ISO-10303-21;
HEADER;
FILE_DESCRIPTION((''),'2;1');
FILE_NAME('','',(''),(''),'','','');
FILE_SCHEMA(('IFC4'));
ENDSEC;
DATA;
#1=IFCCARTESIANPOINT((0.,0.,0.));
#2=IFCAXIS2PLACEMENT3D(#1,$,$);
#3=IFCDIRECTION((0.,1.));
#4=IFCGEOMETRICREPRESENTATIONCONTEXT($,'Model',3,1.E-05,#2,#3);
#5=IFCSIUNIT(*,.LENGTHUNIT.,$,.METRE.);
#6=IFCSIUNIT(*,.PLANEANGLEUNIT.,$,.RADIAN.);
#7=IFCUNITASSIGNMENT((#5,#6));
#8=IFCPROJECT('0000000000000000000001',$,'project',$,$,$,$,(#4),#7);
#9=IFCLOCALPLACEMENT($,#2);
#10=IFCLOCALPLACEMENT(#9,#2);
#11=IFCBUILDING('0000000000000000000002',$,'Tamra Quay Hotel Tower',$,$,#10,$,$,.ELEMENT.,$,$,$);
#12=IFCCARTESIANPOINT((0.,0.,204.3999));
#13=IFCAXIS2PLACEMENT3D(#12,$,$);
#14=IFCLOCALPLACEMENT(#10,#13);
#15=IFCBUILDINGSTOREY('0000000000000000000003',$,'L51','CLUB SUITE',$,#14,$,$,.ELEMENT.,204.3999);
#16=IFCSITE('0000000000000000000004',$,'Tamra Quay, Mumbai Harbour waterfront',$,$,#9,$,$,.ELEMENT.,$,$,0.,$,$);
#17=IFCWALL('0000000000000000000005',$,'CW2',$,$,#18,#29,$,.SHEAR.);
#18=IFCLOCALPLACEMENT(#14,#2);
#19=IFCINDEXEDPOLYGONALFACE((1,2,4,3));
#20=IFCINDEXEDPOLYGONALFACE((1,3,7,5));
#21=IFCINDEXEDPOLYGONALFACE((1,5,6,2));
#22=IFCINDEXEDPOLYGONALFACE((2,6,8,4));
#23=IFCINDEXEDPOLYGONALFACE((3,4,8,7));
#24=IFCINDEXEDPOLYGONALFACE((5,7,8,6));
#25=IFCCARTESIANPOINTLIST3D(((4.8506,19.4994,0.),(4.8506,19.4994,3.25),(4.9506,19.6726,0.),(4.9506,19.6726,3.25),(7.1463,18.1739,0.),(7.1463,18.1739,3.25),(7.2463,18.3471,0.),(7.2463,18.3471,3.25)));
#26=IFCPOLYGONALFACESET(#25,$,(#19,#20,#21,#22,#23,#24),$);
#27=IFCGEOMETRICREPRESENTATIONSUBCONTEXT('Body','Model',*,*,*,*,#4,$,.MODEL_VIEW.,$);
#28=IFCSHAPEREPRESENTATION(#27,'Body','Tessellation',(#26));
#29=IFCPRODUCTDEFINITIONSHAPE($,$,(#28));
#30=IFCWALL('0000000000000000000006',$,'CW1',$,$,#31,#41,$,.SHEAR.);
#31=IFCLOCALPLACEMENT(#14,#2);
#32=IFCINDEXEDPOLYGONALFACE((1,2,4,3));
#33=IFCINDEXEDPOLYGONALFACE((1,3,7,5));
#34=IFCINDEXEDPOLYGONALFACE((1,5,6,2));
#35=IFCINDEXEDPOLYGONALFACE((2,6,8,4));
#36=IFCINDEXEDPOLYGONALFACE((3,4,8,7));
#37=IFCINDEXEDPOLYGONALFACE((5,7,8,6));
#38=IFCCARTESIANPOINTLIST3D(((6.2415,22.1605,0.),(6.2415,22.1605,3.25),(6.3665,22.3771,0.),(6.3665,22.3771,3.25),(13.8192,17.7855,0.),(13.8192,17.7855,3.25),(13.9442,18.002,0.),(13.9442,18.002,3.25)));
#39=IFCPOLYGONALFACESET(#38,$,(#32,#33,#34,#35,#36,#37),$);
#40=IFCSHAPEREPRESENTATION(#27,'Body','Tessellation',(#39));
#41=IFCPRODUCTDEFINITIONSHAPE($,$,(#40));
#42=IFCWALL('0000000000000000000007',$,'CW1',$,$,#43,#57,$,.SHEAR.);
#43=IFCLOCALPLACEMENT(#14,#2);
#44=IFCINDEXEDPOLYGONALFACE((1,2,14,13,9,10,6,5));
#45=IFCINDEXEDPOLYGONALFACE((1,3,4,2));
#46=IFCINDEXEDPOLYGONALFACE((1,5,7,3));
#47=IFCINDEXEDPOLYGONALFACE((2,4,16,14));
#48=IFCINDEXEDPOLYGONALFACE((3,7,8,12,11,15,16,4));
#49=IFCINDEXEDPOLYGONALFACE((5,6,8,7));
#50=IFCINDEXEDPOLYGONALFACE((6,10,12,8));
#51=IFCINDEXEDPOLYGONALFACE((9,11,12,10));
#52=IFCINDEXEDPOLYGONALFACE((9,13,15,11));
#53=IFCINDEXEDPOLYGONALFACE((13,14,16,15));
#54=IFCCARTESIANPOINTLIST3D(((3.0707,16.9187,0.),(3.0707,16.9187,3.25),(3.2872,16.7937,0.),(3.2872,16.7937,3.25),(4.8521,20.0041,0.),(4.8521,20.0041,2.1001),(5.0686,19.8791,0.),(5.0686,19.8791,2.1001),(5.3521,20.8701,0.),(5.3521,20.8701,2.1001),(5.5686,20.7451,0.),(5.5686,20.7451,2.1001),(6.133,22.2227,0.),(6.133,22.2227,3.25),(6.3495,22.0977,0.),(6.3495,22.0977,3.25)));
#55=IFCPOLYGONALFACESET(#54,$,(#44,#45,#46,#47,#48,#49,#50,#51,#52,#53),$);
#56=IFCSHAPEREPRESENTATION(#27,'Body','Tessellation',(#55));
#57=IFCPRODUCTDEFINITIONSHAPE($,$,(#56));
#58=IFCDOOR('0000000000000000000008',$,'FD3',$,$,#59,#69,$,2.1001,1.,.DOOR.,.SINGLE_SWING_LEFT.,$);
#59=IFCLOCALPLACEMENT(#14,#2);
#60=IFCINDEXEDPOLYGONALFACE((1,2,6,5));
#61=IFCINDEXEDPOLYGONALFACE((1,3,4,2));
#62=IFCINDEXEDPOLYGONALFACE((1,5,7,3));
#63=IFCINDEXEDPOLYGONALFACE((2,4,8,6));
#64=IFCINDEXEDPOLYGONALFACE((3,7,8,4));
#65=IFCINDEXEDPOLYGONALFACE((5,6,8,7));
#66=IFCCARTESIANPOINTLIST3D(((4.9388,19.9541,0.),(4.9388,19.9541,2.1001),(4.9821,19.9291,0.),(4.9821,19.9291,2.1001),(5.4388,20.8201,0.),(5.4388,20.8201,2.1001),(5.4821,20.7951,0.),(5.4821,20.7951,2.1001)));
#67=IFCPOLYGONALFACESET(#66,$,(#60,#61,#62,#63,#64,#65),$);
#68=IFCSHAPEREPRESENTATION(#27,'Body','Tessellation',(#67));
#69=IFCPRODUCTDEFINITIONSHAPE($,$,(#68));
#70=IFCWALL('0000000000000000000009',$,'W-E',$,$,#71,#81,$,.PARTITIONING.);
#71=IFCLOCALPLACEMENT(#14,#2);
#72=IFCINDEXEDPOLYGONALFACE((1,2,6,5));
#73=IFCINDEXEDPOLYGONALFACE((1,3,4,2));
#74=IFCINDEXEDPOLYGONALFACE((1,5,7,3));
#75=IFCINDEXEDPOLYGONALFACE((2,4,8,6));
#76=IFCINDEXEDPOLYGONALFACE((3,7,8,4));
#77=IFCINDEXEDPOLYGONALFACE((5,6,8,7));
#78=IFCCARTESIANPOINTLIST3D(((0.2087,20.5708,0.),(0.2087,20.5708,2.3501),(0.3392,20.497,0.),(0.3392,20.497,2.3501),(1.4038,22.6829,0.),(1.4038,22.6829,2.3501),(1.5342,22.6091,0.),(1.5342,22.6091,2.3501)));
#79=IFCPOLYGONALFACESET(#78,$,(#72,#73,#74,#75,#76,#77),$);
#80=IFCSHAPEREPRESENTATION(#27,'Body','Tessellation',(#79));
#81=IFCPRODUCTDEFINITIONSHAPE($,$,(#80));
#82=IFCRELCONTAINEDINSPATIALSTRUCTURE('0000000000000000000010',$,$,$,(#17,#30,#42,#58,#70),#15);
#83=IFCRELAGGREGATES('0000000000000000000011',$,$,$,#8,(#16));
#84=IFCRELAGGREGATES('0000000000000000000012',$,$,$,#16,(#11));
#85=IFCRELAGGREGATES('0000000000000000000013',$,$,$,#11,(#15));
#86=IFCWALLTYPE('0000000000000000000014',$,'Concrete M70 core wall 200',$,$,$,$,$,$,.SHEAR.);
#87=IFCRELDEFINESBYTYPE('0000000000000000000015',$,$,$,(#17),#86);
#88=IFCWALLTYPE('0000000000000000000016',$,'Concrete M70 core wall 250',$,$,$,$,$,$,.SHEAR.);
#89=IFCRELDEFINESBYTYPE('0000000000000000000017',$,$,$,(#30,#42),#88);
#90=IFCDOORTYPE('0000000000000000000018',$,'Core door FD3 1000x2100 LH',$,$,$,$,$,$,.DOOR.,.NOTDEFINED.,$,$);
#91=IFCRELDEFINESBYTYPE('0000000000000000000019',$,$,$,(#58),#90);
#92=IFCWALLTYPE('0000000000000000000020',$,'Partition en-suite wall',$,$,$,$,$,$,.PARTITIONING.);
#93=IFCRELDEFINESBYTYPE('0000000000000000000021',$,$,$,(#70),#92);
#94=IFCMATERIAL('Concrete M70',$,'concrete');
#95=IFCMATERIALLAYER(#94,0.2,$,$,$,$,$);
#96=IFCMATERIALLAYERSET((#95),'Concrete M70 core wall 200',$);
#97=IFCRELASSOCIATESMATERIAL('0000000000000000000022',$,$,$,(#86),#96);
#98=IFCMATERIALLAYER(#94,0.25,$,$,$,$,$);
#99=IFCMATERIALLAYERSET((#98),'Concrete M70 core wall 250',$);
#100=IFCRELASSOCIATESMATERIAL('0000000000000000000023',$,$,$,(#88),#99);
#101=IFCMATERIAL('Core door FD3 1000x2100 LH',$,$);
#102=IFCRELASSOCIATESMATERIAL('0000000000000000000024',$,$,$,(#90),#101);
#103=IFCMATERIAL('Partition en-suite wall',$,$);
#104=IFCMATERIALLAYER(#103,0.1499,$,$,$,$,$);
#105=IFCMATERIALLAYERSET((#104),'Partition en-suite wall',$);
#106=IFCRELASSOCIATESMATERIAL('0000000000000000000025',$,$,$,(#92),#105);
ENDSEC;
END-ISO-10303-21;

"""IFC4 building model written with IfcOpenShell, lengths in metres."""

from ifc_helpers import new_model, si_unit, direction, frame, frame_2d, origin, place, context, subcontext, project, spatial, rectangle, extrude, material, layer, layer_set, type_object, element, fill, save


model = new_model("IFC4")

# Units and contexts
model_context = context("Model", 3, precision=1e-05, world=origin(), true_north=direction((0.0, 1.0)))
body_context = subcontext(model_context, "Body", "Model", "MODEL_VIEW")
ifc_project = project(units=[si_unit("LENGTHUNIT", "METRE"), si_unit("PLANEANGLEUNIT", "RADIAN")], contexts=[model_context])

# Site, building, storey
site_placement = place(None, origin())
site = spatial("IfcSite", under=ifc_project, at=site_placement, Name="Tamra Quay, Mumbai Harbour waterfront", CompositionType="ELEMENT", RefElevation=0.0)
building_placement = place(site_placement, origin())
building = spatial("IfcBuilding", under=site, at=building_placement, Name="Tamra Quay Hotel Tower", CompositionType="ELEMENT")
storey_placement = place(building_placement, frame((0.0, 0.0, 204.3999)))
storey = spatial("IfcBuildingStorey", under=building, at=storey_placement, Name="L51", Description="CLUB SUITE", CompositionType="ELEMENT", Elevation=204.3999)

# Shared definitions
ifc_material_1 = material(Name="Concrete M70", Category="concrete")

# Walls
ifc_layer_1 = layer(ifc_material_1, 0.2)
ifc_layer_set_1 = layer_set([ifc_layer_1], Name="Concrete M70 core wall 200")
wall_type_1 = type_object("IfcWallType", Name="Concrete M70 core wall 200", PredefinedType="SHEAR", material=ifc_layer_set_1)
wall_1_placement = place(storey_placement, frame((7.1963, 18.2605, 0.0), z_axis=(0.0, 0.0, 1.0), x_axis=(-0.866018, 0.500012, 0.0)))
element("IfcWall", 1, at=wall_1_placement, inside=storey, type_object=wall_type_1, Name="CW2", PredefinedType="SHEAR", context=body_context, shape_type="SweptSolid", body=[
    extrude(rectangle(XDim=2.6509, YDim=0.2, at=frame_2d((1.3254, 0.0))), origin(), (0.0, 0.0, 1.0), 3.25),
])
ifc_layer_2 = layer(ifc_material_1, 0.25)
ifc_layer_set_2 = layer_set([ifc_layer_2], Name="Concrete M70 core wall 250")
wall_type_2 = type_object("IfcWallType", Name="Concrete M70 core wall 250", PredefinedType="SHEAR", material=ifc_layer_set_2)
wall_2_placement = place(storey_placement, frame((6.304, 22.2688, 0.0), z_axis=(0.0, 0.0, 1.0), x_axis=(0.866023, -0.500004, 0.0)))
element("IfcWall", 2, at=wall_2_placement, inside=storey, type_object=wall_type_2, Name="CW1", PredefinedType="SHEAR", context=body_context, shape_type="SweptSolid", body=[
    extrude(rectangle(XDim=8.75, YDim=0.25, at=frame_2d((4.375, 0.0))), origin(), (0.0, 0.0, 1.0), 3.25),
])

# Wall, opening, door
wall_3_placement = place(storey_placement, frame((3.179, 16.8562, 0.0), z_axis=(0.0, 0.0, 1.0), x_axis=(0.500002, 0.866024, 0.0)))
wall_3 = element("IfcWall", 3, at=wall_3_placement, inside=storey, type_object=wall_type_2, Name="CW1", PredefinedType="SHEAR", context=body_context, shape_type="SweptSolid", body=[
    extrude(rectangle(XDim=6.1245, YDim=0.25, at=frame_2d((3.0623, 0.0))), origin(), (0.0, 0.0, 1.0), 3.25),
])
opening_placement = place(wall_3_placement, frame((3.5627, 0.0, 0.0)))
opening = element("IfcOpeningElement", 4, at=opening_placement, cuts=wall_3, PredefinedType="OPENING", context=body_context, shape_type="SweptSolid", body=[
    extrude(rectangle(XDim=1.0, YDim=2.1001, at=frame_2d((0.5, 1.05))), frame((0.0, 0.135, 0.0), z_axis=(0.0, -1.0, 0.0), x_axis=(1.0, 0.0, 0.0)), (0.0, 0.0, 1.0), 0.27),
])
ifc_material_2 = material(Name="Core door FD3 1000x2100 LH")
door_type = type_object("IfcDoorType", Name="Core door FD3 1000x2100 LH", OperationType="NOTDEFINED", PredefinedType="DOOR", material=ifc_material_2)
door_placement = place(opening_placement, origin())
door = element("IfcDoor", 5, at=door_placement, inside=storey, type_object=door_type, Name="FD3", OperationType="SINGLE_SWING_LEFT", OverallHeight=2.1001, OverallWidth=1.0, PredefinedType="DOOR", context=body_context, shape_type="SweptSolid", body=[
    extrude(rectangle(XDim=1.0, YDim=2.1001, at=frame_2d((0.5, 1.05))), frame((0.0, 0.0249, 0.0), z_axis=(0.0, -1.0, 0.0), x_axis=(1.0, 0.0, 0.0)), (0.0, 0.0, 1.0), 0.05),
])
fill(opening, door)

# Wall
ifc_material_3 = material(Name="Partition en-suite wall")
ifc_layer_3 = layer(ifc_material_3, 0.1499)
ifc_layer_set_3 = layer_set([ifc_layer_3], Name="Partition en-suite wall")
wall_type_3 = type_object("IfcWallType", Name="Partition en-suite wall", PredefinedType="PARTITIONING", material=ifc_layer_set_3)
wall_4_placement = place(storey_placement, frame((0.2739, 20.5339, 0.0), z_axis=(0.0, 0.0, 1.0), x_axis=(0.492462, 0.870334, 0.0)))
element("IfcWall", 6, at=wall_4_placement, inside=storey, type_object=wall_type_3, Name="W-E", PredefinedType="PARTITIONING", context=body_context, shape_type="SweptSolid", body=[
    extrude(rectangle(XDim=2.4268, YDim=0.1499, at=frame_2d((1.2134, 0.0))), origin(), (0.0, 0.0, 1.0), 2.3501),
])

save(model, "model.ifc")
